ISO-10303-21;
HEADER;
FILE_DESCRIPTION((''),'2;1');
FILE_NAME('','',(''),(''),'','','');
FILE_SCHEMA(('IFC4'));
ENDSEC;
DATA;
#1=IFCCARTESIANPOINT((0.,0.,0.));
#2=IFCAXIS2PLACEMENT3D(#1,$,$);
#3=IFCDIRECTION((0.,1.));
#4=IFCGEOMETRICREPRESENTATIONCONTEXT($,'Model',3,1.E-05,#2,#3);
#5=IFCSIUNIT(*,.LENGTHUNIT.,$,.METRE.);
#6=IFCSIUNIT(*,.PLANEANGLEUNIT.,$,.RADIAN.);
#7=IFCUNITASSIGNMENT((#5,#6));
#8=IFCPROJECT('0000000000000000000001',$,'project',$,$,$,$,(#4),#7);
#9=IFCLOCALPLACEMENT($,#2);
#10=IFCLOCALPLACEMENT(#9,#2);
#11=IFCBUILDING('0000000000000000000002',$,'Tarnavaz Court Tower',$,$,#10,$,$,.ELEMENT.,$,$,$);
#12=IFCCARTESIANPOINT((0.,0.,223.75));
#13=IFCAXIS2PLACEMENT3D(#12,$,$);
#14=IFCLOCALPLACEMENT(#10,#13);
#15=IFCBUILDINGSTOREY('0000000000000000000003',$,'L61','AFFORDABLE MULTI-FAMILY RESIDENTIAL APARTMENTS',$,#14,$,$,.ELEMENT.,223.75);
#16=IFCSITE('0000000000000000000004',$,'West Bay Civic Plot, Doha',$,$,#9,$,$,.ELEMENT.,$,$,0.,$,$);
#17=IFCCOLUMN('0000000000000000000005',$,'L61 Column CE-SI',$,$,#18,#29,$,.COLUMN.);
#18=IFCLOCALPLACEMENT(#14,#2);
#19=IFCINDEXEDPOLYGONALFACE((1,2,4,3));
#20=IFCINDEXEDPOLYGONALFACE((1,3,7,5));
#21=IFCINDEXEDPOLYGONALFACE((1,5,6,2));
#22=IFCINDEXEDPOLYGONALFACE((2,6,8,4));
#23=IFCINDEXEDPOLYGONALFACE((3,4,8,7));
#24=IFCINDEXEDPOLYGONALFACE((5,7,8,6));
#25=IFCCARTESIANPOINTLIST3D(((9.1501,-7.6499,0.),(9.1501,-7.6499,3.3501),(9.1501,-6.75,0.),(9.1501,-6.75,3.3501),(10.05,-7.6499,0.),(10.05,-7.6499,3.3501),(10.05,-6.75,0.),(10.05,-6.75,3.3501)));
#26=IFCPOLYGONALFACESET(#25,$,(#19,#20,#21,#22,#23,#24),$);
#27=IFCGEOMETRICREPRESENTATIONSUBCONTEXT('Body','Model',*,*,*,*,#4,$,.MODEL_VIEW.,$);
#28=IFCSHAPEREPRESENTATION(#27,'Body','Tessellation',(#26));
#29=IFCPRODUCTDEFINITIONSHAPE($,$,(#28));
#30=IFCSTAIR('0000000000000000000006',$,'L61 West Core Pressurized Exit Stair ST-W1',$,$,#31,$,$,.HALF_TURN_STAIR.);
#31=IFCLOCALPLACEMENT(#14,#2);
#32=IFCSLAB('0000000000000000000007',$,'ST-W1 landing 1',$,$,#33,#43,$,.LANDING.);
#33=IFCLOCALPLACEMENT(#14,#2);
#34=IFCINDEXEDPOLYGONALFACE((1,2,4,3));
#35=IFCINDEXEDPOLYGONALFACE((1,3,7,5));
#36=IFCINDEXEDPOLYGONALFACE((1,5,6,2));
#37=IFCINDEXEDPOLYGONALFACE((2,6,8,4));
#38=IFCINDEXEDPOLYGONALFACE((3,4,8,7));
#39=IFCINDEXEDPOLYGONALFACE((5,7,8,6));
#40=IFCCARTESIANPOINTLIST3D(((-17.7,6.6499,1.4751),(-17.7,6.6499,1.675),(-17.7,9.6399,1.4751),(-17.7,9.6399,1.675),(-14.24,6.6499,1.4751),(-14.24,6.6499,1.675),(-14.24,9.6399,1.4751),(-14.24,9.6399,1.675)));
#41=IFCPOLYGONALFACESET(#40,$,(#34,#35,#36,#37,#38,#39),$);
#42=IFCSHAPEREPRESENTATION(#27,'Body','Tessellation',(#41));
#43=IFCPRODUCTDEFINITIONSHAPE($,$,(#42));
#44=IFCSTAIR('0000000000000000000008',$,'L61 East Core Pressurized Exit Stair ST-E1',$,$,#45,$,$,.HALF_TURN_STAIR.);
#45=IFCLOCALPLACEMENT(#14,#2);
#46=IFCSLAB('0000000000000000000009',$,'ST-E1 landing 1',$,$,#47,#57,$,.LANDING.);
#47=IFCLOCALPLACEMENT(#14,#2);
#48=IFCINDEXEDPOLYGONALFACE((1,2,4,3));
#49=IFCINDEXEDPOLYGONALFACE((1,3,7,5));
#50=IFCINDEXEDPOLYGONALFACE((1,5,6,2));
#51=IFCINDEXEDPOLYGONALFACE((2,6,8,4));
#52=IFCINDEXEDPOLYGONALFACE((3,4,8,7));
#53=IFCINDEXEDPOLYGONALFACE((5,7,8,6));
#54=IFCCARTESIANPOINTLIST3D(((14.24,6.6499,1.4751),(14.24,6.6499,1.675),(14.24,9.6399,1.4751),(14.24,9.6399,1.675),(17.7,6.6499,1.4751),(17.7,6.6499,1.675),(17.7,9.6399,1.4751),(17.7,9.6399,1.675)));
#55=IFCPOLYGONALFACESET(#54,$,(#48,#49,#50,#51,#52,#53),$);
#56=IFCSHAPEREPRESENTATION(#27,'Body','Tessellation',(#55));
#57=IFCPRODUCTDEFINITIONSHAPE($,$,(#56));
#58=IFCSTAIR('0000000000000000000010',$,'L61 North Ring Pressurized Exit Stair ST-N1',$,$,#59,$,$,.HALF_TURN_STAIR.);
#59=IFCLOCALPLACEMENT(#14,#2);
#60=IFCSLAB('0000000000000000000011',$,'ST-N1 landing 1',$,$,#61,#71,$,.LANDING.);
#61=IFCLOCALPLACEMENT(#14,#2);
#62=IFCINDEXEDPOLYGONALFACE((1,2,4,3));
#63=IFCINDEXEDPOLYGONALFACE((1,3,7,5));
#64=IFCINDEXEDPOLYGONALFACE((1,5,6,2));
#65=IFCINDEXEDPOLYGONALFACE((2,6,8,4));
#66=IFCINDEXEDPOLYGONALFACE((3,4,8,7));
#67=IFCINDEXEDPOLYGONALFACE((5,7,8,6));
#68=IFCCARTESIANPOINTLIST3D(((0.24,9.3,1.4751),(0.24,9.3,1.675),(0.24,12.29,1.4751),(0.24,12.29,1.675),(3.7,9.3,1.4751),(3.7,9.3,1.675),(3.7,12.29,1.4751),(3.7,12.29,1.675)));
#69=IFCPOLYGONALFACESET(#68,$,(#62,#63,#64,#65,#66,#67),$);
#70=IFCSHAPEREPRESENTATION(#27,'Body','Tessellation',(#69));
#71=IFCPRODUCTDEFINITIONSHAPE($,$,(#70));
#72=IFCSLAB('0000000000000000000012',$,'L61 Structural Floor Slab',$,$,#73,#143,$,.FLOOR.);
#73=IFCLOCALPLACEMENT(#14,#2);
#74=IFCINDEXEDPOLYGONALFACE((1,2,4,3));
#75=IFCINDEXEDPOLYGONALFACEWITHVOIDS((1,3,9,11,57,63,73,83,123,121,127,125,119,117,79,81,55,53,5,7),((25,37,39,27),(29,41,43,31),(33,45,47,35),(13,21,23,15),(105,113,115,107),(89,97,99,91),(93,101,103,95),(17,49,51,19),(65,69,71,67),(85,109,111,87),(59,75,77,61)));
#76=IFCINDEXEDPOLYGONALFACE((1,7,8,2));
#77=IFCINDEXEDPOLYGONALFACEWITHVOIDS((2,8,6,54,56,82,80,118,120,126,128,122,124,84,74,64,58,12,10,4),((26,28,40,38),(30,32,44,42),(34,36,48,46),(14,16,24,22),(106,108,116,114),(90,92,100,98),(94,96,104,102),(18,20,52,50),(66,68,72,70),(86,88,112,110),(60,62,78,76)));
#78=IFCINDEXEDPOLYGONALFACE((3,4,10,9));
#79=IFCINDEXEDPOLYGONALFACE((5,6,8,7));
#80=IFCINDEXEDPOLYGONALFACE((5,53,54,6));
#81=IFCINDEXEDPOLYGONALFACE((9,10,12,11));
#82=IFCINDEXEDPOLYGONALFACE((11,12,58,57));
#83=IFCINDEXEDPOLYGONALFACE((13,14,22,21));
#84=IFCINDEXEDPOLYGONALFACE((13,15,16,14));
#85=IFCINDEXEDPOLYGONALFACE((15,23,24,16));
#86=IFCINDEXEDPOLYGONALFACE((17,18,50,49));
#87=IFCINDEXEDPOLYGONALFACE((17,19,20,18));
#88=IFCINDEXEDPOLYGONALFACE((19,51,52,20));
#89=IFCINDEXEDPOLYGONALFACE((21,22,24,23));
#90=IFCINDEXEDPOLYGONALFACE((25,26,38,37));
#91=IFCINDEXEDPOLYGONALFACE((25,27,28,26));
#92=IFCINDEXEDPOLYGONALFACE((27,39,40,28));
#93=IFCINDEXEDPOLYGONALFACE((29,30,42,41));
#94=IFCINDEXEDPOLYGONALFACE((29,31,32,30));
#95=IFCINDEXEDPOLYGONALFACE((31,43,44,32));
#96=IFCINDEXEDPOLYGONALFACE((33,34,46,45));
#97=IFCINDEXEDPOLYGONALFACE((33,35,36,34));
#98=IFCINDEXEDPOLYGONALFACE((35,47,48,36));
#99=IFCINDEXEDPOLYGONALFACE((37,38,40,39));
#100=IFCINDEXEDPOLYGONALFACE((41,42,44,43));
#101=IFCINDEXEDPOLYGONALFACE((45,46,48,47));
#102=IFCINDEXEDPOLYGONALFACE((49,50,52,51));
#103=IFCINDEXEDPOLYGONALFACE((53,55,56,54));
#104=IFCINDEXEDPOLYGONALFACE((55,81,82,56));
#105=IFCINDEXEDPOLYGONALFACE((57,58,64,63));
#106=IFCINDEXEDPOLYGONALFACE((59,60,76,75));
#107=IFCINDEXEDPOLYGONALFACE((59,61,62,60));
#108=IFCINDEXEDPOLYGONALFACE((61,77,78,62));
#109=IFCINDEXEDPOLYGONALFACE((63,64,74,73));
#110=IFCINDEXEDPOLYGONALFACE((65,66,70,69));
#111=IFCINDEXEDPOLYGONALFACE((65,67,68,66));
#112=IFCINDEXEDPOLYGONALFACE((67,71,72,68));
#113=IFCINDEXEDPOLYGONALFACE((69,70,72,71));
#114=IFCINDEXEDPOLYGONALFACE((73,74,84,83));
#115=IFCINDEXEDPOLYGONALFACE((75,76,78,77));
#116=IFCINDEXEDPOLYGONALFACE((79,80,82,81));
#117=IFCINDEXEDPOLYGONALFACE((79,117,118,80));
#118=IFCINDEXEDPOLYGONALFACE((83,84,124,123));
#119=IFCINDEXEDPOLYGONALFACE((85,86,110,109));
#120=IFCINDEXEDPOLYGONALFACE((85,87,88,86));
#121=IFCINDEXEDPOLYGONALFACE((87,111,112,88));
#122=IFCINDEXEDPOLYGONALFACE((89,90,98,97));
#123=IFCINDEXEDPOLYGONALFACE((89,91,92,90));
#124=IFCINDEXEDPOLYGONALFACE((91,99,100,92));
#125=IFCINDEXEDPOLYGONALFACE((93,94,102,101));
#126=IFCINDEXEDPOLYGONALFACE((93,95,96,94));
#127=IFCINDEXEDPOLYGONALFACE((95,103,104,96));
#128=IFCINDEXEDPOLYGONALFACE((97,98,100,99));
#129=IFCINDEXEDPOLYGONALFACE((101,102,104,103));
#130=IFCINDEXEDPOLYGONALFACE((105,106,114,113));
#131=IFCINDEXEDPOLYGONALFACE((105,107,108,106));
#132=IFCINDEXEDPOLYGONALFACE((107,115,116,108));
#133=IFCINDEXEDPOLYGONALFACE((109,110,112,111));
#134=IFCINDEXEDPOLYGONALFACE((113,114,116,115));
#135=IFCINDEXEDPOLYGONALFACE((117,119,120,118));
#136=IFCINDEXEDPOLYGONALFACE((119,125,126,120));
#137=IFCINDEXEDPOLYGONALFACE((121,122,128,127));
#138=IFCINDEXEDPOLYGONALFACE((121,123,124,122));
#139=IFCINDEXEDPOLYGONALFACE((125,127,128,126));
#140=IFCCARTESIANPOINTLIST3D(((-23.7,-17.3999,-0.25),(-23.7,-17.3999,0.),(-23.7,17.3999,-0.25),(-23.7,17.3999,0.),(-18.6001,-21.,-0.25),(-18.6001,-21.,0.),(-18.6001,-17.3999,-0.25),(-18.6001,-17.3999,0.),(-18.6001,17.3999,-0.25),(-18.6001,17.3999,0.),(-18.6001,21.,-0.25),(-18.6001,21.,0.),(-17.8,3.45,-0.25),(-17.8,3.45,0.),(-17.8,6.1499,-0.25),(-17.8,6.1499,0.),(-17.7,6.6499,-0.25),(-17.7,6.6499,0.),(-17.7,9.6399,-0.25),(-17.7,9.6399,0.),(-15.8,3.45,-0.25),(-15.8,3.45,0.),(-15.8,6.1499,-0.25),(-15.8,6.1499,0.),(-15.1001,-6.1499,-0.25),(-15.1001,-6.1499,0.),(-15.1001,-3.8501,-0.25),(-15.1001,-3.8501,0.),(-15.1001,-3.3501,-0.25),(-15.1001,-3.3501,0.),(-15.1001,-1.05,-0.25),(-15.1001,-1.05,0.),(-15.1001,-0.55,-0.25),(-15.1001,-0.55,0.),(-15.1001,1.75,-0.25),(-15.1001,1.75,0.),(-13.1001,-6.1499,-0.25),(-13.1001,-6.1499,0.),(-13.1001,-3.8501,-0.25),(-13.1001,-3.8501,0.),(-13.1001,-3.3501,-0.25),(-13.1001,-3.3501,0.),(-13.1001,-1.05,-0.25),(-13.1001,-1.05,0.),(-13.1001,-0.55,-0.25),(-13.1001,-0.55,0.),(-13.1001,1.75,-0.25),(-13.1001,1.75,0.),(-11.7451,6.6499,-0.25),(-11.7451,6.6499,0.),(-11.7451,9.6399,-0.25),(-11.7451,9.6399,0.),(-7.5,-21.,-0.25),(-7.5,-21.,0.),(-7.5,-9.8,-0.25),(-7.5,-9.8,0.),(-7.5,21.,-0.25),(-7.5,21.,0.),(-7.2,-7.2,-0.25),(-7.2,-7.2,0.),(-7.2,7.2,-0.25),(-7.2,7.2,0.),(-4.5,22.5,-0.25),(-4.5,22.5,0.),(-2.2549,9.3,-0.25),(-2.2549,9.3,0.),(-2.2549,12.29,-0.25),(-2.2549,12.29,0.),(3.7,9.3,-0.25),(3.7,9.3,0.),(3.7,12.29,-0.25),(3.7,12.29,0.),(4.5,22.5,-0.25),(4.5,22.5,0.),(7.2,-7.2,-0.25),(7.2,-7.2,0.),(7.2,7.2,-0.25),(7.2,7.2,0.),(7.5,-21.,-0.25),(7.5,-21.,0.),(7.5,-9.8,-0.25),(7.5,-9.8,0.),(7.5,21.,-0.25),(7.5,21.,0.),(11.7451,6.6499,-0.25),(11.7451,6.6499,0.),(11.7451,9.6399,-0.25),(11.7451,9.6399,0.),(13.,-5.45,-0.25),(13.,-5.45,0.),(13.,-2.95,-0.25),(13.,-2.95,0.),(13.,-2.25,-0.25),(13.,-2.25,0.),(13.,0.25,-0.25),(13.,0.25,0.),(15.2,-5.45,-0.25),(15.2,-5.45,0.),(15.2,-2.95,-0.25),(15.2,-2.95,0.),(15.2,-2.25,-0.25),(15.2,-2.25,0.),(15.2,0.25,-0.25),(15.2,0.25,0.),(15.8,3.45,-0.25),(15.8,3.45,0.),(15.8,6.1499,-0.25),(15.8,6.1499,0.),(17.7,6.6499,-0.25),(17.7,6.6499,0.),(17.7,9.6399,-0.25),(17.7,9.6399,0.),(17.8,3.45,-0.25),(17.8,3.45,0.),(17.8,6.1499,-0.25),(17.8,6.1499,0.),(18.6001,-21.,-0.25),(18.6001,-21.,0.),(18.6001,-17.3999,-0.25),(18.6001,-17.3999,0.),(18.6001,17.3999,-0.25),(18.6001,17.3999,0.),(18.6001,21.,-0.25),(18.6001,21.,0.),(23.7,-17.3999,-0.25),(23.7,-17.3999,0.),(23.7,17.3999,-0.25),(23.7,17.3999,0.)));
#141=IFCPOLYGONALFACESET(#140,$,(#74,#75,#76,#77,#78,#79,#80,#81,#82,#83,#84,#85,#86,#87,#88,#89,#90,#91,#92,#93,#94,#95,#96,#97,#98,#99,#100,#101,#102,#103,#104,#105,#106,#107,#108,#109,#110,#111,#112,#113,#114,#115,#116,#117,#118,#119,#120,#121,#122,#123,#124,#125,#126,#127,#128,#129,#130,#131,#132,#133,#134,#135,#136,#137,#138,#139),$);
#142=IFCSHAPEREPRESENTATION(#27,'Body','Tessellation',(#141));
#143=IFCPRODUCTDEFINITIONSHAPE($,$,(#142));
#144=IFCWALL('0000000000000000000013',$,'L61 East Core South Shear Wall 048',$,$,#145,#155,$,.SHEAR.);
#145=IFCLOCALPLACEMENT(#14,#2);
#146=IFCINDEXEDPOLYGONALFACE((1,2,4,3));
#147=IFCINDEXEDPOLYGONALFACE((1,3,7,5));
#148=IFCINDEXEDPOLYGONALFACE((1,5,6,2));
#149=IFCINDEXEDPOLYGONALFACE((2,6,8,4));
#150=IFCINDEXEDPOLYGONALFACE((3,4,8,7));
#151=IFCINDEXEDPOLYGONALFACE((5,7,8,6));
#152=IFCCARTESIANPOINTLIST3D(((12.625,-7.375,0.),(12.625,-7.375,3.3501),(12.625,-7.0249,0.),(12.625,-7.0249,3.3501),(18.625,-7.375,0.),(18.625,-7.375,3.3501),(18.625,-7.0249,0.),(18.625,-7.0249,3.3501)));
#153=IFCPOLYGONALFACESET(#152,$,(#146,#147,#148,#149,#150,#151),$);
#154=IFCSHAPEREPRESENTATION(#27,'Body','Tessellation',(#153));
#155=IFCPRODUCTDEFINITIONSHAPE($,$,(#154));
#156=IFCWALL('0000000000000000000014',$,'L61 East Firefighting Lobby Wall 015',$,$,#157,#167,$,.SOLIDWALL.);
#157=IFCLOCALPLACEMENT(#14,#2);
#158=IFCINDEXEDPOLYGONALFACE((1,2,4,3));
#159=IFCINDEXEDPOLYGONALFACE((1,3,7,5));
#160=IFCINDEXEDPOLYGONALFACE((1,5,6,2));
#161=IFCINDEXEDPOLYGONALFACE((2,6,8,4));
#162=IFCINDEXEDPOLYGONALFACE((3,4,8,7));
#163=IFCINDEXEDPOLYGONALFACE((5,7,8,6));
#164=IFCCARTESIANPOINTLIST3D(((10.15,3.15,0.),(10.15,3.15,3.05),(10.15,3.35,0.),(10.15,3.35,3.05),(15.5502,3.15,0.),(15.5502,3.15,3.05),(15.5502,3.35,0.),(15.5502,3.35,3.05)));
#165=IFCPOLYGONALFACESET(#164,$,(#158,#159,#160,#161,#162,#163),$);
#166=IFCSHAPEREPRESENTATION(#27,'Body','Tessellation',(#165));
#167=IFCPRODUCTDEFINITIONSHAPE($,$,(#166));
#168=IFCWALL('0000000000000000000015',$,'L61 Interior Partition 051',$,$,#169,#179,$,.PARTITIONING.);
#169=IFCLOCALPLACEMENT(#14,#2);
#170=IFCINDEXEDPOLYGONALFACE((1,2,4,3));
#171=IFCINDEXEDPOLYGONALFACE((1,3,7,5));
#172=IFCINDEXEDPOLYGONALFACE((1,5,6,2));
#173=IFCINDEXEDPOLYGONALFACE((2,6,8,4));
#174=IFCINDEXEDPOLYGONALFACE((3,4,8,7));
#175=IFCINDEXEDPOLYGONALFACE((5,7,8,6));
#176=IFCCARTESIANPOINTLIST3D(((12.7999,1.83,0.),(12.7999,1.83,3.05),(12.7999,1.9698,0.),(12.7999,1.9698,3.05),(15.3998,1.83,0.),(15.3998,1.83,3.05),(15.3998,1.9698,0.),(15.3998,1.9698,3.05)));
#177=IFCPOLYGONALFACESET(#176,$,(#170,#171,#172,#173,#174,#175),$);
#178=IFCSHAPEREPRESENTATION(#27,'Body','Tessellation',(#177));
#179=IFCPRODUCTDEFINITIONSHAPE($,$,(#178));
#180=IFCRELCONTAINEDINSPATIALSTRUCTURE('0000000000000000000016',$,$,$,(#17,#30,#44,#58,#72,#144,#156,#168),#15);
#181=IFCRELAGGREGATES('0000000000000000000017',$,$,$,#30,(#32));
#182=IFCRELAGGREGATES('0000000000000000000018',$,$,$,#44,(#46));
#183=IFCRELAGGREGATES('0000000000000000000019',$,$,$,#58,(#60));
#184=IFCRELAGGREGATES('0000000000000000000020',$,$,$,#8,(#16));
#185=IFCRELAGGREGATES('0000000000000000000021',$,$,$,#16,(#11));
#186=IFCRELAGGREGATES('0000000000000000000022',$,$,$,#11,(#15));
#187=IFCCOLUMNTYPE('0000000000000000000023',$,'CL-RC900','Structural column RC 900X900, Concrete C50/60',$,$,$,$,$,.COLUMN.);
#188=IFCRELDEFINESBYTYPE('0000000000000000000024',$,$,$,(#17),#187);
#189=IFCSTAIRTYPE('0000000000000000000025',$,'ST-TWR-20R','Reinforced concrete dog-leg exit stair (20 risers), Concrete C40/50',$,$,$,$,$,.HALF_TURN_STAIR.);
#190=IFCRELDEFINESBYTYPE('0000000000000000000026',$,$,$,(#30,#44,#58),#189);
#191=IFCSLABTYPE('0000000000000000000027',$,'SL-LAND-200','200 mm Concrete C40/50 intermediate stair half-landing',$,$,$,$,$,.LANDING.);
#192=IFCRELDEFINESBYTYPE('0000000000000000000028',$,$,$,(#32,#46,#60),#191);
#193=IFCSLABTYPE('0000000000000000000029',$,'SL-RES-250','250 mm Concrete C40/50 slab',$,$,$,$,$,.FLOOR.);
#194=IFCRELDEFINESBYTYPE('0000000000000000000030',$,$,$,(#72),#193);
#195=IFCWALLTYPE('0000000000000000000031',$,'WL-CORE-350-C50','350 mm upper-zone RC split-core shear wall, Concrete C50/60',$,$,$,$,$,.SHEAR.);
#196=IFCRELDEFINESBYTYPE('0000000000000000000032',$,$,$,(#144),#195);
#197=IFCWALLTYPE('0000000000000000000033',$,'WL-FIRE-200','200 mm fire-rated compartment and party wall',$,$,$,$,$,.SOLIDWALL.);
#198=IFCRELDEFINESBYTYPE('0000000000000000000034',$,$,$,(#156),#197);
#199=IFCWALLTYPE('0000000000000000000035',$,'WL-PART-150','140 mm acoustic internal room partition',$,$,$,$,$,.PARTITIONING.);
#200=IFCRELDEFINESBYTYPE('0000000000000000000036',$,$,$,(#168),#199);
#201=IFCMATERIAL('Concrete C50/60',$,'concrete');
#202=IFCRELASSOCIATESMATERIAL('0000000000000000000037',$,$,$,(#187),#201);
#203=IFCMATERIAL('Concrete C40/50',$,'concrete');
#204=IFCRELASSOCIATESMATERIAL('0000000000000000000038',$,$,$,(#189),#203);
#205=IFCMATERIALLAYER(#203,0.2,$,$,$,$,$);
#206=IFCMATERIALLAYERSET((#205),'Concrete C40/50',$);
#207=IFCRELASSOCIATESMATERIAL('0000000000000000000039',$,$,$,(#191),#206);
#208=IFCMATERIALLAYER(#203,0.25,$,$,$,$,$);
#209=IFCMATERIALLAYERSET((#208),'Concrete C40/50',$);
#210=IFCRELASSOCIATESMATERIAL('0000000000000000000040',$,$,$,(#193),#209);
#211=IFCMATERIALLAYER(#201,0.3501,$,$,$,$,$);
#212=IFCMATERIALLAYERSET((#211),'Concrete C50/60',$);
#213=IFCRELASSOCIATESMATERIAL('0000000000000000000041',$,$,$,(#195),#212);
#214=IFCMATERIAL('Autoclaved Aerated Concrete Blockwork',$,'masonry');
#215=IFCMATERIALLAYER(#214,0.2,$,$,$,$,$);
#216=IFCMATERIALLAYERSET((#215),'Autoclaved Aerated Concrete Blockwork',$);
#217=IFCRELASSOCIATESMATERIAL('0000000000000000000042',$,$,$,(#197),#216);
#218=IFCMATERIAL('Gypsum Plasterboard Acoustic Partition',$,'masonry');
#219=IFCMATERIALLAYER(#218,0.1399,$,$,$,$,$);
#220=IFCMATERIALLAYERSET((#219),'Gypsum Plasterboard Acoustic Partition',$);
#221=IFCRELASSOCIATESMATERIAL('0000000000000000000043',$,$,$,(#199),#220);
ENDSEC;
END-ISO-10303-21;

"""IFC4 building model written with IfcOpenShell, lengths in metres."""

from ifc_helpers import new_model, si_unit, direction, frame, frame_2d, origin, origin_2d, place, context, subcontext, project, spatial, polyline, rectangle, outline, extrude, material, layer, layer_set, material_profile, profile_set, type_object, element, aggregate, save


model = new_model("IFC4")

# Units and contexts
model_context = context("Model", 3, precision=1e-05, world=origin(), true_north=direction((0.0, 1.0)))
body_context = subcontext(model_context, "Body", "Model", "MODEL_VIEW")
ifc_project = project(units=[si_unit("LENGTHUNIT", "METRE"), si_unit("PLANEANGLEUNIT", "RADIAN")], contexts=[model_context])

# Site, building, storey
site_placement = place(None, origin())
site = spatial("IfcSite", under=ifc_project, at=site_placement, Name="West Bay Civic Plot, Doha", CompositionType="ELEMENT", RefElevation=0.0)
building_placement = place(site_placement, origin())
building = spatial("IfcBuilding", under=site, at=building_placement, Name="Tarnavaz Court Tower", CompositionType="ELEMENT")
storey_placement = place(building_placement, frame((0.0, 0.0, 223.75)))
storey = spatial("IfcBuildingStorey", under=building, at=storey_placement, Name="L61", Description="AFFORDABLE MULTI-FAMILY RESIDENTIAL APARTMENTS", CompositionType="ELEMENT", Elevation=223.75)

# Column
ifc_material_1 = material(Name="Concrete C50/60", Category="concrete")
ifc_material_profile = material_profile(ifc_material_1, rectangle(XDim=0.8999, YDim=0.8999, at=origin_2d()), Name="RC 900X900")
ifc_profile_set = profile_set([ifc_material_profile], Name="Concrete C50/60")
column_type = type_object("IfcColumnType", Name="CL-RC900", Description="Structural column RC 900X900, Concrete C50/60", PredefinedType="COLUMN", material=ifc_profile_set)
column_placement = place(storey_placement, frame((9.6001, -7.2, 0.0), z_axis=(0.0, 0.0, 1.0), x_axis=(1.0, 0.0, 0.0)))
element("IfcColumn", 1, at=column_placement, inside=storey, type_object=column_type, Name="L61 Column CE-SI", PredefinedType="COLUMN", context=body_context, shape_type="SweptSolid", body=[
    extrude(rectangle(XDim=0.8999, YDim=0.8999, at=origin_2d()), origin(), (0.0, 0.0, 1.0), 3.3501),
])

# Stairs, slabs
ifc_material_2 = material(Name="Concrete C40/50", Category="concrete")
stair_type = type_object("IfcStairType", Name="ST-TWR-20R", Description="Reinforced concrete dog-leg exit stair (20 risers), Concrete C40/50", PredefinedType="HALF_TURN_STAIR", material=ifc_material_2)
stair_1_placement = place(storey_placement, origin())
stair_1 = element("IfcStair", 2, at=stair_1_placement, inside=storey, type_object=stair_type, Name="L61 West Core Pressurized Exit Stair ST-W1", PredefinedType="HALF_TURN_STAIR")
ifc_layer_1 = layer(ifc_material_2, 0.2)
ifc_layer_set_1 = layer_set([ifc_layer_1], Name="Concrete C40/50")
slab_type_1 = type_object("IfcSlabType", Name="SL-LAND-200", Description="200 mm Concrete C40/50 intermediate stair half-landing", PredefinedType="LANDING", material=ifc_layer_set_1)
slab_1_placement = place(storey_placement, frame((0.0, 0.0, 1.4751)))
slab_1 = element("IfcSlab", 3, at=slab_1_placement, type_object=slab_type_1, Name="ST-W1 landing 1", PredefinedType="LANDING", context=body_context, shape_type="SweptSolid", body=[
    extrude(outline(polyline([(-14.24, 9.6399), (-17.7, 9.6399), (-17.7, 6.6499), (-14.24, 6.6499), (-14.24, 9.6399)])), origin(), (0.0, 0.0, 1.0), 0.2),
])
aggregate(stair_1, [slab_1])
stair_2_placement = place(storey_placement, origin())
stair_2 = element("IfcStair", 4, at=stair_2_placement, inside=storey, type_object=stair_type, Name="L61 East Core Pressurized Exit Stair ST-E1", PredefinedType="HALF_TURN_STAIR")
slab_2_placement = place(storey_placement, frame((0.0, 0.0, 1.4751)))
slab_2 = element("IfcSlab", 5, at=slab_2_placement, type_object=slab_type_1, Name="ST-E1 landing 1", PredefinedType="LANDING", context=body_context, shape_type="SweptSolid", body=[
    extrude(outline(polyline([(14.24, 6.6499), (17.7, 6.6499), (17.7, 9.6399), (14.24, 9.6399), (14.24, 6.6499)])), origin(), (0.0, 0.0, 1.0), 0.2),
])
aggregate(stair_2, [slab_2])
stair_3_placement = place(storey_placement, origin())
stair_3 = element("IfcStair", 6, at=stair_3_placement, inside=storey, type_object=stair_type, Name="L61 North Ring Pressurized Exit Stair ST-N1", PredefinedType="HALF_TURN_STAIR")
slab_3_placement = place(storey_placement, frame((0.0, 0.0, 1.4751)))
slab_3 = element("IfcSlab", 7, at=slab_3_placement, type_object=slab_type_1, Name="ST-N1 landing 1", PredefinedType="LANDING", context=body_context, shape_type="SweptSolid", body=[
    extrude(outline(polyline([(0.24, 9.3), (3.7, 9.3), (3.7, 12.29), (0.24, 12.29), (0.24, 9.3)])), origin(), (0.0, 0.0, 1.0), 0.2),
])
aggregate(stair_3, [slab_3])

# Slab
ifc_layer_2 = layer(ifc_material_2, 0.25)
ifc_layer_set_2 = layer_set([ifc_layer_2], Name="Concrete C40/50")
slab_type_2 = type_object("IfcSlabType", Name="SL-RES-250", Description="250 mm Concrete C40/50 slab", PredefinedType="FLOOR", material=ifc_layer_set_2)
slab_4_placement = place(storey_placement, frame((0.0, 0.0, -0.25)))
element("IfcSlab", 8, at=slab_4_placement, inside=storey, type_object=slab_type_2, Name="L61 Structural Floor Slab", PredefinedType="FLOOR", context=body_context, shape_type="SweptSolid", body=[
    extrude(outline(polyline([(-18.6001, -21.0), (-7.5, -21.0), (-7.5, -9.8), (7.5, -9.8), (7.5, -21.0), (18.6001, -21.0), (18.6001, -17.3999), (23.7, -17.3999), (23.7, 17.3999), (18.6001, 17.3999), (18.6001, 21.0), (7.5, 21.0), (4.5, 22.5), (-4.5, 22.5), (-7.5, 21.0), (-18.6001, 21.0), (-18.6001, 17.3999), (-23.7, 17.3999), (-23.7, -17.3999), (-18.6001, -17.3999), (-18.6001, -21.0)]), holes=[polyline([(-7.2, -7.2), (7.2, -7.2), (7.2, 7.2), (-7.2, 7.2), (-7.2, -7.2)]), polyline([(-11.7451, 9.6399), (-17.7, 9.6399), (-17.7, 6.6499), (-11.7451, 6.6499), (-11.7451, 9.6399)]), polyline([(11.7451, 6.6499), (17.7, 6.6499), (17.7, 9.6399), (11.7451, 9.6399), (11.7451, 6.6499)]), polyline([(-2.2549, 9.3), (3.7, 9.3), (3.7, 12.29), (-2.2549, 12.29), (-2.2549, 9.3)]), polyline([(-17.8, 3.45), (-15.8, 3.45), (-15.8, 6.1499), (-17.8, 6.1499), (-17.8, 3.45)]), polyline([(-15.1001, -6.1499), (-13.1001, -6.1499), (-13.1001, -3.8501), (-15.1001, -3.8501), (-15.1001, -6.1499)]), polyline([(-15.1001, -3.3501), (-13.1001, -3.3501), (-13.1001, -1.05), (-15.1001, -1.05), (-15.1001, -3.3501)]), polyline([(-15.1001, -0.55), (-13.1001, -0.55), (-13.1001, 1.75), (-15.1001, 1.75), (-15.1001, -0.55)]), polyline([(15.8, 3.45), (17.8, 3.45), (17.8, 6.1499), (15.8, 6.1499), (15.8, 3.45)]), polyline([(13.0, -5.45), (15.2, -5.45), (15.2, -2.95), (13.0, -2.95), (13.0, -5.45)]), polyline([(13.0, -2.25), (15.2, -2.25), (15.2, 0.25), (13.0, 0.25), (13.0, -2.25)])]), origin(), (0.0, 0.0, 1.0), 0.25),
])

# Walls
ifc_layer_3 = layer(ifc_material_1, 0.3501)
ifc_layer_set_3 = layer_set([ifc_layer_3], Name="Concrete C50/60")
wall_type_1 = type_object("IfcWallType", Name="WL-CORE-350-C50", Description="350 mm upper-zone RC split-core shear wall, Concrete C50/60", PredefinedType="SHEAR", material=ifc_layer_set_3)
wall_1_placement = place(storey_placement, frame((12.625, -7.2, 0.0), z_axis=(0.0, 0.0, 1.0), x_axis=(1.0, 0.0, 0.0)))
element("IfcWall", 9, at=wall_1_placement, inside=storey, type_object=wall_type_1, Name="L61 East Core South Shear Wall 048", PredefinedType="SHEAR", context=body_context, shape_type="SweptSolid", body=[
    extrude(rectangle(XDim=6.0, YDim=0.3501, at=frame_2d((3.0, 0.0))), origin(), (0.0, 0.0, 1.0), 3.3501),
])
ifc_material_3 = material(Name="Autoclaved Aerated Concrete Blockwork", Category="masonry")
ifc_layer_4 = layer(ifc_material_3, 0.2)
ifc_layer_set_4 = layer_set([ifc_layer_4], Name="Autoclaved Aerated Concrete Blockwork")
wall_type_2 = type_object("IfcWallType", Name="WL-FIRE-200", Description="200 mm fire-rated compartment and party wall", PredefinedType="SOLIDWALL", material=ifc_layer_set_4)
wall_2_placement = place(storey_placement, frame((10.1499, 3.25, 0.0), z_axis=(0.0, 0.0, 1.0), x_axis=(1.0, 0.0, 0.0)))
element("IfcWall", 10, at=wall_2_placement, inside=storey, type_object=wall_type_2, Name="L61 East Firefighting Lobby Wall 015", PredefinedType="SOLIDWALL", context=body_context, shape_type="SweptSolid", body=[
    extrude(rectangle(XDim=5.4001, YDim=0.2, at=frame_2d((2.7002, 0.0))), origin(), (0.0, 0.0, 1.0), 3.05),
])

# Wall
ifc_material_4 = material(Name="Gypsum Plasterboard Acoustic Partition", Category="masonry")
ifc_layer_5 = layer(ifc_material_4, 0.1399)
ifc_layer_set_5 = layer_set([ifc_layer_5], Name="Gypsum Plasterboard Acoustic Partition")
wall_type_3 = type_object("IfcWallType", Name="WL-PART-150", Description="140 mm acoustic internal room partition", PredefinedType="PARTITIONING", material=ifc_layer_set_5)
wall_3_placement = place(storey_placement, frame((12.8, 1.8999, 0.0), z_axis=(0.0, 0.0, 1.0), x_axis=(1.0, 0.0, 0.0)))
element("IfcWall", 11, at=wall_3_placement, inside=storey, type_object=wall_type_3, Name="L61 Interior Partition 051", PredefinedType="PARTITIONING", context=body_context, shape_type="SweptSolid", body=[
    extrude(rectangle(XDim=2.5999, YDim=0.1399, at=frame_2d((1.2998, 0.0))), origin(), (0.0, 0.0, 1.0), 3.05),
])

save(model, "model.ifc")
